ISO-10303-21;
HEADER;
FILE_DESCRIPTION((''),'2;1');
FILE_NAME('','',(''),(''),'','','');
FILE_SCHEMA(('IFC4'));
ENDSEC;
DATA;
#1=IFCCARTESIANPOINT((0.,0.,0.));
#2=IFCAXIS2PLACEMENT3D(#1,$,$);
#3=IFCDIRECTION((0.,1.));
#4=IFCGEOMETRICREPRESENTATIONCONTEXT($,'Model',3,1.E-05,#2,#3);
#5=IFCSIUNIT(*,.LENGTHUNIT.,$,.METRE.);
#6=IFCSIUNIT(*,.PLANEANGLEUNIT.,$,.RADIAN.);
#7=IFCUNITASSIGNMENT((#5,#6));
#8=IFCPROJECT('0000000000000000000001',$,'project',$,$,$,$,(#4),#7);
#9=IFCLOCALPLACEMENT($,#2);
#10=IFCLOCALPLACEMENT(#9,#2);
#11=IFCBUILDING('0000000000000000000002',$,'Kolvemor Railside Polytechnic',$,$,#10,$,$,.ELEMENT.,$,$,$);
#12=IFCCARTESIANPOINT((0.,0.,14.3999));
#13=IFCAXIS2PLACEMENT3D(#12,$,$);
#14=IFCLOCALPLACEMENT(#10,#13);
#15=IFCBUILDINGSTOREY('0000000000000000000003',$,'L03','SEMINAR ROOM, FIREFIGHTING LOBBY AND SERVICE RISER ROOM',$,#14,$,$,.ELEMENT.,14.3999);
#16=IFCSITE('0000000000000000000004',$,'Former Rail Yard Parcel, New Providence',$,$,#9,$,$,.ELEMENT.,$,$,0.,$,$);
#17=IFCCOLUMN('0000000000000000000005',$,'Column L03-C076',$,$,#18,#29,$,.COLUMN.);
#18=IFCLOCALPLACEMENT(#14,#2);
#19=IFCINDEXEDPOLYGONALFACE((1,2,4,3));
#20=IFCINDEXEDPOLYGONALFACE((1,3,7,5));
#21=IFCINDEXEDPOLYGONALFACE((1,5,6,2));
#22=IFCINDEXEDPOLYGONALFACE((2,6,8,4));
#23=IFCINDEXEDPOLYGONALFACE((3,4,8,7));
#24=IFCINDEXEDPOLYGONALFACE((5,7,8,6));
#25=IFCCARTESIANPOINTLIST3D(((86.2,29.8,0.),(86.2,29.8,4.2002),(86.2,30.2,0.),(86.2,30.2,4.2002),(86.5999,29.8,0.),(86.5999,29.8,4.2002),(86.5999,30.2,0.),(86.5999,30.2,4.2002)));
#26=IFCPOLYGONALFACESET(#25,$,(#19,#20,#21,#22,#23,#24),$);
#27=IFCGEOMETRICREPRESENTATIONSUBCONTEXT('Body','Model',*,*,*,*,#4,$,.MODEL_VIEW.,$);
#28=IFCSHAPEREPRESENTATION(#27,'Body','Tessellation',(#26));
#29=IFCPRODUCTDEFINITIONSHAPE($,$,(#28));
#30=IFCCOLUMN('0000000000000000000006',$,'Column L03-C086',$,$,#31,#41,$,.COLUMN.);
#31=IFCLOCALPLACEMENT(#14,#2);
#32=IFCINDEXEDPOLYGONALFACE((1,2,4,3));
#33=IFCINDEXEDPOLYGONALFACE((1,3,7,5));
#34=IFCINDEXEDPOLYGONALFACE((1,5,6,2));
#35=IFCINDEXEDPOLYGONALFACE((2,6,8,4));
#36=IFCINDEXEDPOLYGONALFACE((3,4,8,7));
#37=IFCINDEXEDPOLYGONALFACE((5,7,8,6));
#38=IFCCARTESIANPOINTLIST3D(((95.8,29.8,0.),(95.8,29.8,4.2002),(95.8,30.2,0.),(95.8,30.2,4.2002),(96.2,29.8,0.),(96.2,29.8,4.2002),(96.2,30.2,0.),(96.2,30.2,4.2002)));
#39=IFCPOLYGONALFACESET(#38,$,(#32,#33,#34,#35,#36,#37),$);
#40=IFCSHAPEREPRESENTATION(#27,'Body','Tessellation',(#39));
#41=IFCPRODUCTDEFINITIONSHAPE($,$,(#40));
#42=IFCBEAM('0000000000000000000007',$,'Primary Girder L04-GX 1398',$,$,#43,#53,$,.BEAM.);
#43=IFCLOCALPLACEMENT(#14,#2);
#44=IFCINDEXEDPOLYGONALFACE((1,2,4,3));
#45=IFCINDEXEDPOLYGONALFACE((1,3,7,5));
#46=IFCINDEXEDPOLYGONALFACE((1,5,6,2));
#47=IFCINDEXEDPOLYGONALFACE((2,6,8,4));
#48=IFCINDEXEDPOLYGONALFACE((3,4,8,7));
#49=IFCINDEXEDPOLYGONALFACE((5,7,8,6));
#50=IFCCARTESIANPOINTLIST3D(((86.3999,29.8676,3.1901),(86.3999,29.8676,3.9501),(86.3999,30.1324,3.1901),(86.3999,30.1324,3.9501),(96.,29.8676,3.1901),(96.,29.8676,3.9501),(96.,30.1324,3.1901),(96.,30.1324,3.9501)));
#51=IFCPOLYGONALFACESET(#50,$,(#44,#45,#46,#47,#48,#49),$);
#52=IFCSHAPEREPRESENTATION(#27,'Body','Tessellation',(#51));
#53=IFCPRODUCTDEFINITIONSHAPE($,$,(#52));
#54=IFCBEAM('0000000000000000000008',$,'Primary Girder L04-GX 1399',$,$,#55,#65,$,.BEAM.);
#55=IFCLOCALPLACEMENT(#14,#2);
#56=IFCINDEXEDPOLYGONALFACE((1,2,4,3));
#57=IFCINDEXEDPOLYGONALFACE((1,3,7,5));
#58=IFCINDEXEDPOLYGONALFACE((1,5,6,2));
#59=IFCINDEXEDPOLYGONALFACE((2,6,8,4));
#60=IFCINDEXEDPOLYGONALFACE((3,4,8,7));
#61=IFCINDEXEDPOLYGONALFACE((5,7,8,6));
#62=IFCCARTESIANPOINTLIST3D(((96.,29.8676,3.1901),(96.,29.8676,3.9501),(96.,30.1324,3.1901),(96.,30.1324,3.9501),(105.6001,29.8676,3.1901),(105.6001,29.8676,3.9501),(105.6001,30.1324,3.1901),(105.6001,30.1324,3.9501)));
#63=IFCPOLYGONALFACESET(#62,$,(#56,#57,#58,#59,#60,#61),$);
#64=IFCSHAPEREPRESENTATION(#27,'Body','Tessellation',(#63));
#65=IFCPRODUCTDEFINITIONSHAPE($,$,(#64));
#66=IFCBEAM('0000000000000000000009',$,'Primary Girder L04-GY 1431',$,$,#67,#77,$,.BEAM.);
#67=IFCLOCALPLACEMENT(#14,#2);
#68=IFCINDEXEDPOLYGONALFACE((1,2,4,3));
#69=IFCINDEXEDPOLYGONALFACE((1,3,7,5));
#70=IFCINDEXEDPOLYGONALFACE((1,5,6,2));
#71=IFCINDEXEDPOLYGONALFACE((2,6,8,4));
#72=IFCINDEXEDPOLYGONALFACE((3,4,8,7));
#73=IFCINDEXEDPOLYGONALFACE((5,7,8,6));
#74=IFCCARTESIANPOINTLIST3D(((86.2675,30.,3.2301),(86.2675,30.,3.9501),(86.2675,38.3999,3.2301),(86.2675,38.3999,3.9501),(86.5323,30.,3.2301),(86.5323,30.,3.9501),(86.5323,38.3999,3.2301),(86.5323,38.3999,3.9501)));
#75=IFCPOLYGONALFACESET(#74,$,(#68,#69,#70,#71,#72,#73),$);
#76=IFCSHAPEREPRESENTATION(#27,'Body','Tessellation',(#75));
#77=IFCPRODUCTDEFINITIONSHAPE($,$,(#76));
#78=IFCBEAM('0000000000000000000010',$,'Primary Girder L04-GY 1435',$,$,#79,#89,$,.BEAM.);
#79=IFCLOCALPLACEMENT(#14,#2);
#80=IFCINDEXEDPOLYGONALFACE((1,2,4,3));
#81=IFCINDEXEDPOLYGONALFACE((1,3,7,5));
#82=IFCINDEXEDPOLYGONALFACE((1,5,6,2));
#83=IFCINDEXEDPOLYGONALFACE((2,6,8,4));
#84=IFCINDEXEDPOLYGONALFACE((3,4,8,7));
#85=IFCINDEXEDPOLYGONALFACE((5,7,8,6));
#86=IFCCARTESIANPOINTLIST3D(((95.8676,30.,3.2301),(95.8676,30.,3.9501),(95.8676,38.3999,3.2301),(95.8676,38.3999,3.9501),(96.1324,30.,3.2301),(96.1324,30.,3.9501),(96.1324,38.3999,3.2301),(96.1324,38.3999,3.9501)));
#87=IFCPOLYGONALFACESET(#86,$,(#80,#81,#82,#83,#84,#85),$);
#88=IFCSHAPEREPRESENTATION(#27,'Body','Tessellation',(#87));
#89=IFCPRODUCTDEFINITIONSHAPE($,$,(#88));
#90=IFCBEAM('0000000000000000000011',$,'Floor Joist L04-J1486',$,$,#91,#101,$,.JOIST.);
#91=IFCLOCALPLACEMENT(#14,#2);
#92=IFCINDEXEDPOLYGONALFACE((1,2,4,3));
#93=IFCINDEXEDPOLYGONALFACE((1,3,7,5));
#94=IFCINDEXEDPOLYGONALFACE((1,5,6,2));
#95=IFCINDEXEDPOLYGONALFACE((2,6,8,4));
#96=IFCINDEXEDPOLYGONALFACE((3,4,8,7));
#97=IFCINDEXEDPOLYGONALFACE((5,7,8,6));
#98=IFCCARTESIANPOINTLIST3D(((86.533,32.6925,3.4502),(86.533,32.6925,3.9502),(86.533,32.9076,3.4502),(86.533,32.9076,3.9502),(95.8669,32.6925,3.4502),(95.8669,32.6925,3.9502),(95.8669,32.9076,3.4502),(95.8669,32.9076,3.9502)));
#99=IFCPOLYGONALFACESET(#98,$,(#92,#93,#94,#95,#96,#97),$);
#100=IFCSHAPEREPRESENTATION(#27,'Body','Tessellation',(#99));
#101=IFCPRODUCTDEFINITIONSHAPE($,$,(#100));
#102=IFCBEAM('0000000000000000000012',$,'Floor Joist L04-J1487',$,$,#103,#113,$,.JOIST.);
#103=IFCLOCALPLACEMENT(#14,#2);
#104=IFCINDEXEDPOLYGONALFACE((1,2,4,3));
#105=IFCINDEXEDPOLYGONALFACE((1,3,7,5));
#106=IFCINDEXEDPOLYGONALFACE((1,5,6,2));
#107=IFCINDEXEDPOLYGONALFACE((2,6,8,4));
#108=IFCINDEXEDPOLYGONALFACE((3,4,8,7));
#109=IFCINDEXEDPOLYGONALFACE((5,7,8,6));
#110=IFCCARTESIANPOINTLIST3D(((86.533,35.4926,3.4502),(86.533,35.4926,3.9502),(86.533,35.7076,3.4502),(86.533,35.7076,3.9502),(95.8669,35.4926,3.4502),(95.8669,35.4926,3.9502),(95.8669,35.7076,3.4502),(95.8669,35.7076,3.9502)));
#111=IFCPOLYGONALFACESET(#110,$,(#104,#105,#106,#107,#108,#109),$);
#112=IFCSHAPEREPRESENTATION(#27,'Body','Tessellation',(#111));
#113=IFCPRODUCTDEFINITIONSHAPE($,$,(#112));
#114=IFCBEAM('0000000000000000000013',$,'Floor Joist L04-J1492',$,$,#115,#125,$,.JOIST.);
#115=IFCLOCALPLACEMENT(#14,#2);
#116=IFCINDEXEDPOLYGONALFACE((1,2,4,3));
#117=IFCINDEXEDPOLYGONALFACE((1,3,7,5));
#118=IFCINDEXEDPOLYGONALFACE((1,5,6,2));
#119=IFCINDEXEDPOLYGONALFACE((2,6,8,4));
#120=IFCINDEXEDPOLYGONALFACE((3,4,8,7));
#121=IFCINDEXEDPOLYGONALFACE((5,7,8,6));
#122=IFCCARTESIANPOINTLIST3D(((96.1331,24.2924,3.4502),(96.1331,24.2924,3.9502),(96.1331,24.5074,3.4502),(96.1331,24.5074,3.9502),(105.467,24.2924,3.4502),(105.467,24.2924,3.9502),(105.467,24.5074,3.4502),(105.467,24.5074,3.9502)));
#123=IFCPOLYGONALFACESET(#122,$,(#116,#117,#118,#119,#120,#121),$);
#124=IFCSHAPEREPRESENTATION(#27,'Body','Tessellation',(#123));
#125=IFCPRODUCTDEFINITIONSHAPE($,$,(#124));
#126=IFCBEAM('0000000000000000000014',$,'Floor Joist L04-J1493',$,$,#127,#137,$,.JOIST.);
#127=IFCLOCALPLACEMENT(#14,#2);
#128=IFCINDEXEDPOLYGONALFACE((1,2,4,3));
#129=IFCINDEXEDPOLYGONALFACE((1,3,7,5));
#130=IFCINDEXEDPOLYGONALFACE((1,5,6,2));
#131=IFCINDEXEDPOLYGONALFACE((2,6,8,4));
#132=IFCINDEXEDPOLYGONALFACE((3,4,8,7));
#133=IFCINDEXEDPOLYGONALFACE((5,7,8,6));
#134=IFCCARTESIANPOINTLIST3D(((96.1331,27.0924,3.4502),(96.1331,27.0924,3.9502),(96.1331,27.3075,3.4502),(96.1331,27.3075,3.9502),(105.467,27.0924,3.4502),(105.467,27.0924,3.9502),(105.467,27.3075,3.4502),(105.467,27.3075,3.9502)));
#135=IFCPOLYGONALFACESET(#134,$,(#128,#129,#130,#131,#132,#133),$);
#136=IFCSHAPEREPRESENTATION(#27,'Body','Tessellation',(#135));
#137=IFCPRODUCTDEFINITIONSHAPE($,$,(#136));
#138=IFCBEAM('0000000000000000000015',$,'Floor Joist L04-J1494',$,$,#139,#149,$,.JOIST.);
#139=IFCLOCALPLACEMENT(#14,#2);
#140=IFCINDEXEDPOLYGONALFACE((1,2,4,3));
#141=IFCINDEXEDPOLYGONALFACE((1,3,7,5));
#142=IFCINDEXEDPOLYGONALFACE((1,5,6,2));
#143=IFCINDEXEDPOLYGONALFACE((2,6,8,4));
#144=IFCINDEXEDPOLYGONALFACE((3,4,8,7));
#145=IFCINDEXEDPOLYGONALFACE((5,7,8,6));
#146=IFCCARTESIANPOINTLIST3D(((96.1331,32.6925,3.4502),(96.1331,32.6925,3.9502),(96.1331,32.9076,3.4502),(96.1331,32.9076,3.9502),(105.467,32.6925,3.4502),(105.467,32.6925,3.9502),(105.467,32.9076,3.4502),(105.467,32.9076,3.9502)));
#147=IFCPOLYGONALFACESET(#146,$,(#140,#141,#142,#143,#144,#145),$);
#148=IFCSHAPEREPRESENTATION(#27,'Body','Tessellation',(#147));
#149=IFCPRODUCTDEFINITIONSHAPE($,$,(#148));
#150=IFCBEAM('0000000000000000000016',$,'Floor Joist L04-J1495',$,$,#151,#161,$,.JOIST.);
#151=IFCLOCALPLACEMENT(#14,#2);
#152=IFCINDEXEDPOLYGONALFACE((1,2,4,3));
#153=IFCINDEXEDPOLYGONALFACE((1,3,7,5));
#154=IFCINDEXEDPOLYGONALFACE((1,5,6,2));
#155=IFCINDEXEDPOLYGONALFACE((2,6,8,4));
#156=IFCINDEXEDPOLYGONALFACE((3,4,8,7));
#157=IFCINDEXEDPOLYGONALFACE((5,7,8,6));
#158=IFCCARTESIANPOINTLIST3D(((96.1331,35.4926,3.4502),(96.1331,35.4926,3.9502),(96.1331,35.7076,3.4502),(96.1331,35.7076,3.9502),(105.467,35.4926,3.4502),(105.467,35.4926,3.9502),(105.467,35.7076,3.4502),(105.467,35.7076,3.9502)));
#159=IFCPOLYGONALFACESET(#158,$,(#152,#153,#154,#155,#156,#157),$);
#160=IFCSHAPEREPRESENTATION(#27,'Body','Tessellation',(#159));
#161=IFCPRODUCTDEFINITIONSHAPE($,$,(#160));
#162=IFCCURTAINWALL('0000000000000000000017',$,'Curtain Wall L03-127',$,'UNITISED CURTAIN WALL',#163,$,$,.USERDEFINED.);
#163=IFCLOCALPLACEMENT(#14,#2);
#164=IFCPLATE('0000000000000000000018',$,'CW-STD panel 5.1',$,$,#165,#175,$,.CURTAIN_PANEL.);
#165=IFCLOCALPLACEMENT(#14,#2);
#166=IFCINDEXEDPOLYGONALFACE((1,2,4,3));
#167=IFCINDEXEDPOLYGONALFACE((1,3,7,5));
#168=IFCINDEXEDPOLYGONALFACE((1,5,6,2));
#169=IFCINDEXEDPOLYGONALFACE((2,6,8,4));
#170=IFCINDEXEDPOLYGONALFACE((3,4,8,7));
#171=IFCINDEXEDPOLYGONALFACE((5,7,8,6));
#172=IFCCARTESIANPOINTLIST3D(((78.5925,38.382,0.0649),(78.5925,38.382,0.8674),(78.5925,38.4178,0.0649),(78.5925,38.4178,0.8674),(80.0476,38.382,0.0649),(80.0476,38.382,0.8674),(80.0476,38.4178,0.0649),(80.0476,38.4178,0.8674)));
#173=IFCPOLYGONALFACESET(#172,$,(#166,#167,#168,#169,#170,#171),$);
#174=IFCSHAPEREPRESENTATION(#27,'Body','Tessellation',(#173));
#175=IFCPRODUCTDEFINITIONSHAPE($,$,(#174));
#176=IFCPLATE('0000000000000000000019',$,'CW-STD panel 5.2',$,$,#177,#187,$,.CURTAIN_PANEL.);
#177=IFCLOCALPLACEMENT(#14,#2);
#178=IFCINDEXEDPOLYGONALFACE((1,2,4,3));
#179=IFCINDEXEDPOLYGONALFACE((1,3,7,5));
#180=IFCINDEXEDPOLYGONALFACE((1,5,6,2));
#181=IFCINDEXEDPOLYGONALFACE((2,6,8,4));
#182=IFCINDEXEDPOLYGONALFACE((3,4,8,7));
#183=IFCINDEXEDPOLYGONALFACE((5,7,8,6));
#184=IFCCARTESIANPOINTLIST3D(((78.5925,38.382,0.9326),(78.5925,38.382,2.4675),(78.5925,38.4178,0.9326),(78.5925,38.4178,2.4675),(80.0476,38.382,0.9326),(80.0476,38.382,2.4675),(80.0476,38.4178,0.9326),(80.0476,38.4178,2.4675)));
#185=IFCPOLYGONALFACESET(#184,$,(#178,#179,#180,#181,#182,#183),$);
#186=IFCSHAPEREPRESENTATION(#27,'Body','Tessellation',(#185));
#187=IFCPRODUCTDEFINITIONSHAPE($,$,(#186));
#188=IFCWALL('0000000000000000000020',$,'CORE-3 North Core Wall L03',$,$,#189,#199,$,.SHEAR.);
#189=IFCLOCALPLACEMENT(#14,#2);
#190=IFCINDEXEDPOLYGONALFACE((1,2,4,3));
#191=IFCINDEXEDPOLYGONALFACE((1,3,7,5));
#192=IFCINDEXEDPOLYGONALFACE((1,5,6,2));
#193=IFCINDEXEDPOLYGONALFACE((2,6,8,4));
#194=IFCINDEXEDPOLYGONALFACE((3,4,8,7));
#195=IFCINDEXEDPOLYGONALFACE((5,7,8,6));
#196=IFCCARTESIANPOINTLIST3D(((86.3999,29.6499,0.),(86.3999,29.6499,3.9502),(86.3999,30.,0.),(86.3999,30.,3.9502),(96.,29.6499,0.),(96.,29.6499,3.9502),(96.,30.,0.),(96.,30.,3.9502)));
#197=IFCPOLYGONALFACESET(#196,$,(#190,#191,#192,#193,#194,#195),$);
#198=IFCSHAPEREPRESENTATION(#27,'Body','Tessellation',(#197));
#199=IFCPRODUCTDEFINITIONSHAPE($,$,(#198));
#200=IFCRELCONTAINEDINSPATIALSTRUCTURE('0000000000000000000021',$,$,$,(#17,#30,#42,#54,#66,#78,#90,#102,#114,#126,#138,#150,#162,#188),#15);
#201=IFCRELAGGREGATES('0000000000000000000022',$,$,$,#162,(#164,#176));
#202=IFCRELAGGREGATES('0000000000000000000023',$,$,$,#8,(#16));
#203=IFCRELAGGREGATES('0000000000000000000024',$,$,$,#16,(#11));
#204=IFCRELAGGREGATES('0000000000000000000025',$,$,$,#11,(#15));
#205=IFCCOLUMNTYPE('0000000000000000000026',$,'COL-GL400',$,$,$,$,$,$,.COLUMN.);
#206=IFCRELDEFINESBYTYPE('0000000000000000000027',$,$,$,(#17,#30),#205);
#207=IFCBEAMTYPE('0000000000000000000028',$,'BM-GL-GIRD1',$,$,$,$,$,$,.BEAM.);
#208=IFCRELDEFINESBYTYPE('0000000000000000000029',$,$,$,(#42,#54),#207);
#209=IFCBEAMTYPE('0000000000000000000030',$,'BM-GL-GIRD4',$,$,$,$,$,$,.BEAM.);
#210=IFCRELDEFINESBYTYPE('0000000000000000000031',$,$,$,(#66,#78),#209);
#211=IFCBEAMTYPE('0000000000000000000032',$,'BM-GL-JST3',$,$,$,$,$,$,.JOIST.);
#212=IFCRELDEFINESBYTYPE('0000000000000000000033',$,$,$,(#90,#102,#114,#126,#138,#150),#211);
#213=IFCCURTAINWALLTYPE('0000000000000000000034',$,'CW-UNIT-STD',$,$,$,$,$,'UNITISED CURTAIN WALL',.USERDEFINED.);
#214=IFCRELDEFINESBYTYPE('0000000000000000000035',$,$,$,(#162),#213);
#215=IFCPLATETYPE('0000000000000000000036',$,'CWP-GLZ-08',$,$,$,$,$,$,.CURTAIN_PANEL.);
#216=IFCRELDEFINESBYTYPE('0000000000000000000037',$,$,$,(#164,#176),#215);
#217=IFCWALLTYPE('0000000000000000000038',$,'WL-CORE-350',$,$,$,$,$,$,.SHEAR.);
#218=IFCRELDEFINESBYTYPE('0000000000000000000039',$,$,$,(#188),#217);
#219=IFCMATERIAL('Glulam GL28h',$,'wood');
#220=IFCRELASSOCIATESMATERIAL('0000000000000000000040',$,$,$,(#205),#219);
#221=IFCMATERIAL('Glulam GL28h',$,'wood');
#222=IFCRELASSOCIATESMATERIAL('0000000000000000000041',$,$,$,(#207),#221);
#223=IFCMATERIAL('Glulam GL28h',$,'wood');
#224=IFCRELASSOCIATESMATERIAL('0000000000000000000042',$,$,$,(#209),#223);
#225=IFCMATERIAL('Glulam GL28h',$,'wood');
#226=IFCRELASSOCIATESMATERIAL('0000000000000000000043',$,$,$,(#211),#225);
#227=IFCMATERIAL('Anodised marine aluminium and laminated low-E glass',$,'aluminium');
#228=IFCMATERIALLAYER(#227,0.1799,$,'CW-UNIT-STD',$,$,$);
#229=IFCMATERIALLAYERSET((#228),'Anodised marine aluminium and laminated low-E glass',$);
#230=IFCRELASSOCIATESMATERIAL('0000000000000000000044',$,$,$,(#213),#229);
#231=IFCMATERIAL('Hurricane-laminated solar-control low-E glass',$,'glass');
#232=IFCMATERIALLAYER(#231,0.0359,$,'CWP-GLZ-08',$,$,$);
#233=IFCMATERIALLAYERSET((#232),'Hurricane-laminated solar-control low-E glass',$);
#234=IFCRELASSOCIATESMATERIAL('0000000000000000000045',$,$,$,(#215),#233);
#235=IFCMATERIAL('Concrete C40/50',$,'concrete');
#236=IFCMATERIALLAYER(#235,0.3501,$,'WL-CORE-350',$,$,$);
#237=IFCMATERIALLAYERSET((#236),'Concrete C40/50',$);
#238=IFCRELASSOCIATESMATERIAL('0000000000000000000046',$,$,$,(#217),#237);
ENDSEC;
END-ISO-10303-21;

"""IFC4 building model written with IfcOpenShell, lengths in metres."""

from ifc_helpers import new_model, si_unit, direction, frame, frame_2d, origin, origin_2d, place, context, subcontext, project, spatial, rectangle, extrude, material, layer, layer_set, material_profile, profile_set, type_object, element, aggregate, save


model = new_model("IFC4")

# Units and contexts
model_context = context("Model", 3, precision=1e-05, world=origin(), true_north=direction((0.0, 1.0)))
body_context = subcontext(model_context, "Body", "Model", "MODEL_VIEW")
ifc_project = project(units=[si_unit("LENGTHUNIT", "METRE"), si_unit("PLANEANGLEUNIT", "RADIAN")], contexts=[model_context])

# Site, building, storey
site_placement = place(None, origin())
site = spatial("IfcSite", under=ifc_project, at=site_placement, Name="Former Rail Yard Parcel, New Providence", CompositionType="ELEMENT", RefElevation=0.0)
building_placement = place(site_placement, origin())
building = spatial("IfcBuilding", under=site, at=building_placement, Name="Kolvemor Railside Polytechnic", CompositionType="ELEMENT")
storey_placement = place(building_placement, frame((0.0, 0.0, 14.3999)))
storey = spatial("IfcBuildingStorey", under=building, at=storey_placement, Name="L03", Description="SEMINAR ROOM, FIREFIGHTING LOBBY AND SERVICE RISER ROOM", CompositionType="ELEMENT", Elevation=14.3999)

# Columns
ifc_material_1 = material(Name="Glulam GL28h", Category="wood")
ifc_material_profile_1 = material_profile(ifc_material_1, rectangle(XDim=0.3999, YDim=0.3999, at=origin_2d()), Name="GL400x400")
ifc_profile_set_1 = profile_set([ifc_material_profile_1], Name="Glulam GL28h")
column_type = type_object("IfcColumnType", Name="COL-GL400", PredefinedType="COLUMN", material=ifc_profile_set_1)
for number, where, z_axis, x_axis, name in (
    (1, (86.3999, 30.0, 0.0), (0.0, 0.0, 1.0), (1.0, 0.0, 0.0), "Column L03-C076"),
    (2, (96.0, 30.0, 0.0), (0.0, 0.0, 1.0), (1.0, 0.0, 0.0), "Column L03-C086"),
):
    element("IfcColumn", number, at=place(storey_placement, frame(where, z_axis=z_axis, x_axis=x_axis)), inside=storey, type_object=column_type, Name=name, PredefinedType="COLUMN", context=body_context, shape_type="SweptSolid", body=[
        extrude(rectangle(XDim=0.3999, YDim=0.3999, at=origin_2d()), origin(), (0.0, 0.0, 1.0), 4.2002),
    ])

# Beams
ifc_material_2 = material(Name="Glulam GL28h", Category="wood")
ifc_material_profile_2 = material_profile(ifc_material_2, rectangle(XDim=0.2649, YDim=0.76, at=origin_2d()), Name="GL265x760")
ifc_profile_set_2 = profile_set([ifc_material_profile_2], Name="Glulam GL28h")
beam_type_1 = type_object("IfcBeamType", Name="BM-GL-GIRD1", PredefinedType="BEAM", material=ifc_profile_set_2)
for number, where, z_axis, x_axis, name in (
    (3, (86.3999, 30.0, 3.5701), (1.0, 0.0, 0.0), (0.0, 1.0, 0.0), "Primary Girder L04-GX 1398"),
    (4, (96.0, 30.0, 3.5701), (1.0, 0.0, 0.0), (0.0, 1.0, 0.0), "Primary Girder L04-GX 1399"),
):
    element("IfcBeam", number, at=place(storey_placement, frame(where, z_axis=z_axis, x_axis=x_axis)), inside=storey, type_object=beam_type_1, Name=name, PredefinedType="BEAM", context=body_context, shape_type="SweptSolid", body=[
        extrude(rectangle(XDim=0.2649, YDim=0.76, at=origin_2d()), origin(), (0.0, 0.0, 1.0), 9.6001),
    ])
ifc_material_3 = material(Name="Glulam GL28h", Category="wood")
ifc_material_profile_3 = material_profile(ifc_material_3, rectangle(XDim=0.2649, YDim=0.72, at=origin_2d()), Name="GL265x720")
ifc_profile_set_3 = profile_set([ifc_material_profile_3], Name="Glulam GL28h")
beam_type_2 = type_object("IfcBeamType", Name="BM-GL-GIRD4", PredefinedType="BEAM", material=ifc_profile_set_3)
for number, where, z_axis, x_axis, name in (
    (5, (86.3999, 30.0, 3.5901), (0.0, 1.0, 0.0), (-1.0, 0.0, 0.0), "Primary Girder L04-GY 1431"),
    (6, (96.0, 30.0, 3.5901), (0.0, 1.0, 0.0), (-1.0, 0.0, 0.0), "Primary Girder L04-GY 1435"),
):
    element("IfcBeam", number, at=place(storey_placement, frame(where, z_axis=z_axis, x_axis=x_axis)), inside=storey, type_object=beam_type_2, Name=name, PredefinedType="BEAM", context=body_context, shape_type="SweptSolid", body=[
        extrude(rectangle(XDim=0.2649, YDim=0.72, at=origin_2d()), origin(), (0.0, 0.0, 1.0), 8.3999),
    ])
ifc_material_4 = material(Name="Glulam GL28h", Category="wood")
ifc_material_profile_4 = material_profile(ifc_material_4, rectangle(XDim=0.2151, YDim=0.5, at=origin_2d()), Name="GL215x500")
ifc_profile_set_4 = profile_set([ifc_material_profile_4], Name="Glulam GL28h")
beam_type_3 = type_object("IfcBeamType", Name="BM-GL-JST3", PredefinedType="JOIST", material=ifc_profile_set_4)
for number, where, z_axis, x_axis, name in (
    (7, (86.533, 32.8, 3.7002), (1.0, 0.0, 0.0), (0.0, 1.0, 0.0), "Floor Joist L04-J1486"),
    (8, (86.533, 35.6001, 3.7002), (1.0, 0.0, 0.0), (0.0, 1.0, 0.0), "Floor Joist L04-J1487"),
    (9, (96.1331, 24.3999, 3.7002), (1.0, 0.0, 0.0), (0.0, 1.0, 0.0), "Floor Joist L04-J1492"),
    (10, (96.1331, 27.2, 3.7002), (1.0, 0.0, 0.0), (0.0, 1.0, 0.0), "Floor Joist L04-J1493"),
    (11, (96.1331, 32.8, 3.7002), (1.0, 0.0, 0.0), (0.0, 1.0, 0.0), "Floor Joist L04-J1494"),
    (12, (96.1331, 35.6001, 3.7002), (1.0, 0.0, 0.0), (0.0, 1.0, 0.0), "Floor Joist L04-J1495"),
):
    element("IfcBeam", number, at=place(storey_placement, frame(where, z_axis=z_axis, x_axis=x_axis)), inside=storey, type_object=beam_type_3, Name=name, PredefinedType="JOIST", context=body_context, shape_type="SweptSolid", body=[
        extrude(rectangle(XDim=0.2151, YDim=0.5, at=origin_2d()), origin(), (0.0, 0.0, 1.0), 9.334),
    ])

# Curtain wall, plates
ifc_material_5 = material(Name="Anodised marine aluminium and laminated low-E glass", Category="aluminium")
ifc_layer_1 = layer(ifc_material_5, 0.1799, Name="CW-UNIT-STD")
ifc_layer_set_1 = layer_set([ifc_layer_1], Name="Anodised marine aluminium and laminated low-E glass")
curtain_wall_type = type_object("IfcCurtainWallType", Name="CW-UNIT-STD", ElementType="UNITISED CURTAIN WALL", PredefinedType="USERDEFINED", material=ifc_layer_set_1)
curtain_wall_placement = place(storey_placement, origin())
curtain_wall = element("IfcCurtainWall", 13, at=curtain_wall_placement, inside=storey, type_object=curtain_wall_type, Name="Curtain Wall L03-127", ObjectType="UNITISED CURTAIN WALL", PredefinedType="USERDEFINED")
ifc_material_6 = material(Name="Hurricane-laminated solar-control low-E glass", Category="glass")
ifc_layer_2 = layer(ifc_material_6, 0.0359, Name="CWP-GLZ-08")
ifc_layer_set_2 = layer_set([ifc_layer_2], Name="Hurricane-laminated solar-control low-E glass")
plate_type = type_object("IfcPlateType", Name="CWP-GLZ-08", PredefinedType="CURTAIN_PANEL", material=ifc_layer_set_2)
plate_1_placement = place(storey_placement, frame((79.3201, 38.3999, 0.0649), z_axis=(0.0, 0.0, 1.0), x_axis=(-1.0, 0.0, 0.0)))
plate_1 = element("IfcPlate", 14, at=plate_1_placement, type_object=plate_type, Name="CW-STD panel 5.1", PredefinedType="CURTAIN_PANEL", context=body_context, shape_type="SweptSolid", body=[
    extrude(rectangle(XDim=1.4551, YDim=0.0359, at=origin_2d()), origin(), (0.0, 0.0, 1.0), 0.8025),
])
plate_2_placement = place(storey_placement, frame((79.3201, 38.3999, 0.9326), z_axis=(0.0, 0.0, 1.0), x_axis=(-1.0, 0.0, 0.0)))
plate_2 = element("IfcPlate", 15, at=plate_2_placement, type_object=plate_type, Name="CW-STD panel 5.2", PredefinedType="CURTAIN_PANEL", context=body_context, shape_type="SweptSolid", body=[
    extrude(rectangle(XDim=1.4551, YDim=0.0359, at=origin_2d()), origin(), (0.0, 0.0, 1.0), 1.5349),
])
aggregate(curtain_wall, [plate_1, plate_2])

# Wall
ifc_material_7 = material(Name="Concrete C40/50", Category="concrete")
ifc_layer_3 = layer(ifc_material_7, 0.3501, Name="WL-CORE-350")
ifc_layer_set_3 = layer_set([ifc_layer_3], Name="Concrete C40/50")
wall_type_1 = type_object("IfcWallType", Name="WL-CORE-350", PredefinedType="SHEAR", material=ifc_layer_set_3)
wall_1_placement = place(storey_placement, frame((86.3999, 29.825, 0.0), z_axis=(0.0, 0.0, 1.0), x_axis=(1.0, 0.0, 0.0)))
element("IfcWall", 16, at=wall_1_placement, inside=storey, type_object=wall_type_1, Name="CORE-3 North Core Wall L03", PredefinedType="SHEAR", context=body_context, shape_type="SweptSolid", body=[
    extrude(rectangle(XDim=9.6001, YDim=0.3501, at=frame_2d((4.8, 0.0))), origin(), (0.0, 0.0, 1.0), 3.9502),
])

save(model, "model.ifc")
